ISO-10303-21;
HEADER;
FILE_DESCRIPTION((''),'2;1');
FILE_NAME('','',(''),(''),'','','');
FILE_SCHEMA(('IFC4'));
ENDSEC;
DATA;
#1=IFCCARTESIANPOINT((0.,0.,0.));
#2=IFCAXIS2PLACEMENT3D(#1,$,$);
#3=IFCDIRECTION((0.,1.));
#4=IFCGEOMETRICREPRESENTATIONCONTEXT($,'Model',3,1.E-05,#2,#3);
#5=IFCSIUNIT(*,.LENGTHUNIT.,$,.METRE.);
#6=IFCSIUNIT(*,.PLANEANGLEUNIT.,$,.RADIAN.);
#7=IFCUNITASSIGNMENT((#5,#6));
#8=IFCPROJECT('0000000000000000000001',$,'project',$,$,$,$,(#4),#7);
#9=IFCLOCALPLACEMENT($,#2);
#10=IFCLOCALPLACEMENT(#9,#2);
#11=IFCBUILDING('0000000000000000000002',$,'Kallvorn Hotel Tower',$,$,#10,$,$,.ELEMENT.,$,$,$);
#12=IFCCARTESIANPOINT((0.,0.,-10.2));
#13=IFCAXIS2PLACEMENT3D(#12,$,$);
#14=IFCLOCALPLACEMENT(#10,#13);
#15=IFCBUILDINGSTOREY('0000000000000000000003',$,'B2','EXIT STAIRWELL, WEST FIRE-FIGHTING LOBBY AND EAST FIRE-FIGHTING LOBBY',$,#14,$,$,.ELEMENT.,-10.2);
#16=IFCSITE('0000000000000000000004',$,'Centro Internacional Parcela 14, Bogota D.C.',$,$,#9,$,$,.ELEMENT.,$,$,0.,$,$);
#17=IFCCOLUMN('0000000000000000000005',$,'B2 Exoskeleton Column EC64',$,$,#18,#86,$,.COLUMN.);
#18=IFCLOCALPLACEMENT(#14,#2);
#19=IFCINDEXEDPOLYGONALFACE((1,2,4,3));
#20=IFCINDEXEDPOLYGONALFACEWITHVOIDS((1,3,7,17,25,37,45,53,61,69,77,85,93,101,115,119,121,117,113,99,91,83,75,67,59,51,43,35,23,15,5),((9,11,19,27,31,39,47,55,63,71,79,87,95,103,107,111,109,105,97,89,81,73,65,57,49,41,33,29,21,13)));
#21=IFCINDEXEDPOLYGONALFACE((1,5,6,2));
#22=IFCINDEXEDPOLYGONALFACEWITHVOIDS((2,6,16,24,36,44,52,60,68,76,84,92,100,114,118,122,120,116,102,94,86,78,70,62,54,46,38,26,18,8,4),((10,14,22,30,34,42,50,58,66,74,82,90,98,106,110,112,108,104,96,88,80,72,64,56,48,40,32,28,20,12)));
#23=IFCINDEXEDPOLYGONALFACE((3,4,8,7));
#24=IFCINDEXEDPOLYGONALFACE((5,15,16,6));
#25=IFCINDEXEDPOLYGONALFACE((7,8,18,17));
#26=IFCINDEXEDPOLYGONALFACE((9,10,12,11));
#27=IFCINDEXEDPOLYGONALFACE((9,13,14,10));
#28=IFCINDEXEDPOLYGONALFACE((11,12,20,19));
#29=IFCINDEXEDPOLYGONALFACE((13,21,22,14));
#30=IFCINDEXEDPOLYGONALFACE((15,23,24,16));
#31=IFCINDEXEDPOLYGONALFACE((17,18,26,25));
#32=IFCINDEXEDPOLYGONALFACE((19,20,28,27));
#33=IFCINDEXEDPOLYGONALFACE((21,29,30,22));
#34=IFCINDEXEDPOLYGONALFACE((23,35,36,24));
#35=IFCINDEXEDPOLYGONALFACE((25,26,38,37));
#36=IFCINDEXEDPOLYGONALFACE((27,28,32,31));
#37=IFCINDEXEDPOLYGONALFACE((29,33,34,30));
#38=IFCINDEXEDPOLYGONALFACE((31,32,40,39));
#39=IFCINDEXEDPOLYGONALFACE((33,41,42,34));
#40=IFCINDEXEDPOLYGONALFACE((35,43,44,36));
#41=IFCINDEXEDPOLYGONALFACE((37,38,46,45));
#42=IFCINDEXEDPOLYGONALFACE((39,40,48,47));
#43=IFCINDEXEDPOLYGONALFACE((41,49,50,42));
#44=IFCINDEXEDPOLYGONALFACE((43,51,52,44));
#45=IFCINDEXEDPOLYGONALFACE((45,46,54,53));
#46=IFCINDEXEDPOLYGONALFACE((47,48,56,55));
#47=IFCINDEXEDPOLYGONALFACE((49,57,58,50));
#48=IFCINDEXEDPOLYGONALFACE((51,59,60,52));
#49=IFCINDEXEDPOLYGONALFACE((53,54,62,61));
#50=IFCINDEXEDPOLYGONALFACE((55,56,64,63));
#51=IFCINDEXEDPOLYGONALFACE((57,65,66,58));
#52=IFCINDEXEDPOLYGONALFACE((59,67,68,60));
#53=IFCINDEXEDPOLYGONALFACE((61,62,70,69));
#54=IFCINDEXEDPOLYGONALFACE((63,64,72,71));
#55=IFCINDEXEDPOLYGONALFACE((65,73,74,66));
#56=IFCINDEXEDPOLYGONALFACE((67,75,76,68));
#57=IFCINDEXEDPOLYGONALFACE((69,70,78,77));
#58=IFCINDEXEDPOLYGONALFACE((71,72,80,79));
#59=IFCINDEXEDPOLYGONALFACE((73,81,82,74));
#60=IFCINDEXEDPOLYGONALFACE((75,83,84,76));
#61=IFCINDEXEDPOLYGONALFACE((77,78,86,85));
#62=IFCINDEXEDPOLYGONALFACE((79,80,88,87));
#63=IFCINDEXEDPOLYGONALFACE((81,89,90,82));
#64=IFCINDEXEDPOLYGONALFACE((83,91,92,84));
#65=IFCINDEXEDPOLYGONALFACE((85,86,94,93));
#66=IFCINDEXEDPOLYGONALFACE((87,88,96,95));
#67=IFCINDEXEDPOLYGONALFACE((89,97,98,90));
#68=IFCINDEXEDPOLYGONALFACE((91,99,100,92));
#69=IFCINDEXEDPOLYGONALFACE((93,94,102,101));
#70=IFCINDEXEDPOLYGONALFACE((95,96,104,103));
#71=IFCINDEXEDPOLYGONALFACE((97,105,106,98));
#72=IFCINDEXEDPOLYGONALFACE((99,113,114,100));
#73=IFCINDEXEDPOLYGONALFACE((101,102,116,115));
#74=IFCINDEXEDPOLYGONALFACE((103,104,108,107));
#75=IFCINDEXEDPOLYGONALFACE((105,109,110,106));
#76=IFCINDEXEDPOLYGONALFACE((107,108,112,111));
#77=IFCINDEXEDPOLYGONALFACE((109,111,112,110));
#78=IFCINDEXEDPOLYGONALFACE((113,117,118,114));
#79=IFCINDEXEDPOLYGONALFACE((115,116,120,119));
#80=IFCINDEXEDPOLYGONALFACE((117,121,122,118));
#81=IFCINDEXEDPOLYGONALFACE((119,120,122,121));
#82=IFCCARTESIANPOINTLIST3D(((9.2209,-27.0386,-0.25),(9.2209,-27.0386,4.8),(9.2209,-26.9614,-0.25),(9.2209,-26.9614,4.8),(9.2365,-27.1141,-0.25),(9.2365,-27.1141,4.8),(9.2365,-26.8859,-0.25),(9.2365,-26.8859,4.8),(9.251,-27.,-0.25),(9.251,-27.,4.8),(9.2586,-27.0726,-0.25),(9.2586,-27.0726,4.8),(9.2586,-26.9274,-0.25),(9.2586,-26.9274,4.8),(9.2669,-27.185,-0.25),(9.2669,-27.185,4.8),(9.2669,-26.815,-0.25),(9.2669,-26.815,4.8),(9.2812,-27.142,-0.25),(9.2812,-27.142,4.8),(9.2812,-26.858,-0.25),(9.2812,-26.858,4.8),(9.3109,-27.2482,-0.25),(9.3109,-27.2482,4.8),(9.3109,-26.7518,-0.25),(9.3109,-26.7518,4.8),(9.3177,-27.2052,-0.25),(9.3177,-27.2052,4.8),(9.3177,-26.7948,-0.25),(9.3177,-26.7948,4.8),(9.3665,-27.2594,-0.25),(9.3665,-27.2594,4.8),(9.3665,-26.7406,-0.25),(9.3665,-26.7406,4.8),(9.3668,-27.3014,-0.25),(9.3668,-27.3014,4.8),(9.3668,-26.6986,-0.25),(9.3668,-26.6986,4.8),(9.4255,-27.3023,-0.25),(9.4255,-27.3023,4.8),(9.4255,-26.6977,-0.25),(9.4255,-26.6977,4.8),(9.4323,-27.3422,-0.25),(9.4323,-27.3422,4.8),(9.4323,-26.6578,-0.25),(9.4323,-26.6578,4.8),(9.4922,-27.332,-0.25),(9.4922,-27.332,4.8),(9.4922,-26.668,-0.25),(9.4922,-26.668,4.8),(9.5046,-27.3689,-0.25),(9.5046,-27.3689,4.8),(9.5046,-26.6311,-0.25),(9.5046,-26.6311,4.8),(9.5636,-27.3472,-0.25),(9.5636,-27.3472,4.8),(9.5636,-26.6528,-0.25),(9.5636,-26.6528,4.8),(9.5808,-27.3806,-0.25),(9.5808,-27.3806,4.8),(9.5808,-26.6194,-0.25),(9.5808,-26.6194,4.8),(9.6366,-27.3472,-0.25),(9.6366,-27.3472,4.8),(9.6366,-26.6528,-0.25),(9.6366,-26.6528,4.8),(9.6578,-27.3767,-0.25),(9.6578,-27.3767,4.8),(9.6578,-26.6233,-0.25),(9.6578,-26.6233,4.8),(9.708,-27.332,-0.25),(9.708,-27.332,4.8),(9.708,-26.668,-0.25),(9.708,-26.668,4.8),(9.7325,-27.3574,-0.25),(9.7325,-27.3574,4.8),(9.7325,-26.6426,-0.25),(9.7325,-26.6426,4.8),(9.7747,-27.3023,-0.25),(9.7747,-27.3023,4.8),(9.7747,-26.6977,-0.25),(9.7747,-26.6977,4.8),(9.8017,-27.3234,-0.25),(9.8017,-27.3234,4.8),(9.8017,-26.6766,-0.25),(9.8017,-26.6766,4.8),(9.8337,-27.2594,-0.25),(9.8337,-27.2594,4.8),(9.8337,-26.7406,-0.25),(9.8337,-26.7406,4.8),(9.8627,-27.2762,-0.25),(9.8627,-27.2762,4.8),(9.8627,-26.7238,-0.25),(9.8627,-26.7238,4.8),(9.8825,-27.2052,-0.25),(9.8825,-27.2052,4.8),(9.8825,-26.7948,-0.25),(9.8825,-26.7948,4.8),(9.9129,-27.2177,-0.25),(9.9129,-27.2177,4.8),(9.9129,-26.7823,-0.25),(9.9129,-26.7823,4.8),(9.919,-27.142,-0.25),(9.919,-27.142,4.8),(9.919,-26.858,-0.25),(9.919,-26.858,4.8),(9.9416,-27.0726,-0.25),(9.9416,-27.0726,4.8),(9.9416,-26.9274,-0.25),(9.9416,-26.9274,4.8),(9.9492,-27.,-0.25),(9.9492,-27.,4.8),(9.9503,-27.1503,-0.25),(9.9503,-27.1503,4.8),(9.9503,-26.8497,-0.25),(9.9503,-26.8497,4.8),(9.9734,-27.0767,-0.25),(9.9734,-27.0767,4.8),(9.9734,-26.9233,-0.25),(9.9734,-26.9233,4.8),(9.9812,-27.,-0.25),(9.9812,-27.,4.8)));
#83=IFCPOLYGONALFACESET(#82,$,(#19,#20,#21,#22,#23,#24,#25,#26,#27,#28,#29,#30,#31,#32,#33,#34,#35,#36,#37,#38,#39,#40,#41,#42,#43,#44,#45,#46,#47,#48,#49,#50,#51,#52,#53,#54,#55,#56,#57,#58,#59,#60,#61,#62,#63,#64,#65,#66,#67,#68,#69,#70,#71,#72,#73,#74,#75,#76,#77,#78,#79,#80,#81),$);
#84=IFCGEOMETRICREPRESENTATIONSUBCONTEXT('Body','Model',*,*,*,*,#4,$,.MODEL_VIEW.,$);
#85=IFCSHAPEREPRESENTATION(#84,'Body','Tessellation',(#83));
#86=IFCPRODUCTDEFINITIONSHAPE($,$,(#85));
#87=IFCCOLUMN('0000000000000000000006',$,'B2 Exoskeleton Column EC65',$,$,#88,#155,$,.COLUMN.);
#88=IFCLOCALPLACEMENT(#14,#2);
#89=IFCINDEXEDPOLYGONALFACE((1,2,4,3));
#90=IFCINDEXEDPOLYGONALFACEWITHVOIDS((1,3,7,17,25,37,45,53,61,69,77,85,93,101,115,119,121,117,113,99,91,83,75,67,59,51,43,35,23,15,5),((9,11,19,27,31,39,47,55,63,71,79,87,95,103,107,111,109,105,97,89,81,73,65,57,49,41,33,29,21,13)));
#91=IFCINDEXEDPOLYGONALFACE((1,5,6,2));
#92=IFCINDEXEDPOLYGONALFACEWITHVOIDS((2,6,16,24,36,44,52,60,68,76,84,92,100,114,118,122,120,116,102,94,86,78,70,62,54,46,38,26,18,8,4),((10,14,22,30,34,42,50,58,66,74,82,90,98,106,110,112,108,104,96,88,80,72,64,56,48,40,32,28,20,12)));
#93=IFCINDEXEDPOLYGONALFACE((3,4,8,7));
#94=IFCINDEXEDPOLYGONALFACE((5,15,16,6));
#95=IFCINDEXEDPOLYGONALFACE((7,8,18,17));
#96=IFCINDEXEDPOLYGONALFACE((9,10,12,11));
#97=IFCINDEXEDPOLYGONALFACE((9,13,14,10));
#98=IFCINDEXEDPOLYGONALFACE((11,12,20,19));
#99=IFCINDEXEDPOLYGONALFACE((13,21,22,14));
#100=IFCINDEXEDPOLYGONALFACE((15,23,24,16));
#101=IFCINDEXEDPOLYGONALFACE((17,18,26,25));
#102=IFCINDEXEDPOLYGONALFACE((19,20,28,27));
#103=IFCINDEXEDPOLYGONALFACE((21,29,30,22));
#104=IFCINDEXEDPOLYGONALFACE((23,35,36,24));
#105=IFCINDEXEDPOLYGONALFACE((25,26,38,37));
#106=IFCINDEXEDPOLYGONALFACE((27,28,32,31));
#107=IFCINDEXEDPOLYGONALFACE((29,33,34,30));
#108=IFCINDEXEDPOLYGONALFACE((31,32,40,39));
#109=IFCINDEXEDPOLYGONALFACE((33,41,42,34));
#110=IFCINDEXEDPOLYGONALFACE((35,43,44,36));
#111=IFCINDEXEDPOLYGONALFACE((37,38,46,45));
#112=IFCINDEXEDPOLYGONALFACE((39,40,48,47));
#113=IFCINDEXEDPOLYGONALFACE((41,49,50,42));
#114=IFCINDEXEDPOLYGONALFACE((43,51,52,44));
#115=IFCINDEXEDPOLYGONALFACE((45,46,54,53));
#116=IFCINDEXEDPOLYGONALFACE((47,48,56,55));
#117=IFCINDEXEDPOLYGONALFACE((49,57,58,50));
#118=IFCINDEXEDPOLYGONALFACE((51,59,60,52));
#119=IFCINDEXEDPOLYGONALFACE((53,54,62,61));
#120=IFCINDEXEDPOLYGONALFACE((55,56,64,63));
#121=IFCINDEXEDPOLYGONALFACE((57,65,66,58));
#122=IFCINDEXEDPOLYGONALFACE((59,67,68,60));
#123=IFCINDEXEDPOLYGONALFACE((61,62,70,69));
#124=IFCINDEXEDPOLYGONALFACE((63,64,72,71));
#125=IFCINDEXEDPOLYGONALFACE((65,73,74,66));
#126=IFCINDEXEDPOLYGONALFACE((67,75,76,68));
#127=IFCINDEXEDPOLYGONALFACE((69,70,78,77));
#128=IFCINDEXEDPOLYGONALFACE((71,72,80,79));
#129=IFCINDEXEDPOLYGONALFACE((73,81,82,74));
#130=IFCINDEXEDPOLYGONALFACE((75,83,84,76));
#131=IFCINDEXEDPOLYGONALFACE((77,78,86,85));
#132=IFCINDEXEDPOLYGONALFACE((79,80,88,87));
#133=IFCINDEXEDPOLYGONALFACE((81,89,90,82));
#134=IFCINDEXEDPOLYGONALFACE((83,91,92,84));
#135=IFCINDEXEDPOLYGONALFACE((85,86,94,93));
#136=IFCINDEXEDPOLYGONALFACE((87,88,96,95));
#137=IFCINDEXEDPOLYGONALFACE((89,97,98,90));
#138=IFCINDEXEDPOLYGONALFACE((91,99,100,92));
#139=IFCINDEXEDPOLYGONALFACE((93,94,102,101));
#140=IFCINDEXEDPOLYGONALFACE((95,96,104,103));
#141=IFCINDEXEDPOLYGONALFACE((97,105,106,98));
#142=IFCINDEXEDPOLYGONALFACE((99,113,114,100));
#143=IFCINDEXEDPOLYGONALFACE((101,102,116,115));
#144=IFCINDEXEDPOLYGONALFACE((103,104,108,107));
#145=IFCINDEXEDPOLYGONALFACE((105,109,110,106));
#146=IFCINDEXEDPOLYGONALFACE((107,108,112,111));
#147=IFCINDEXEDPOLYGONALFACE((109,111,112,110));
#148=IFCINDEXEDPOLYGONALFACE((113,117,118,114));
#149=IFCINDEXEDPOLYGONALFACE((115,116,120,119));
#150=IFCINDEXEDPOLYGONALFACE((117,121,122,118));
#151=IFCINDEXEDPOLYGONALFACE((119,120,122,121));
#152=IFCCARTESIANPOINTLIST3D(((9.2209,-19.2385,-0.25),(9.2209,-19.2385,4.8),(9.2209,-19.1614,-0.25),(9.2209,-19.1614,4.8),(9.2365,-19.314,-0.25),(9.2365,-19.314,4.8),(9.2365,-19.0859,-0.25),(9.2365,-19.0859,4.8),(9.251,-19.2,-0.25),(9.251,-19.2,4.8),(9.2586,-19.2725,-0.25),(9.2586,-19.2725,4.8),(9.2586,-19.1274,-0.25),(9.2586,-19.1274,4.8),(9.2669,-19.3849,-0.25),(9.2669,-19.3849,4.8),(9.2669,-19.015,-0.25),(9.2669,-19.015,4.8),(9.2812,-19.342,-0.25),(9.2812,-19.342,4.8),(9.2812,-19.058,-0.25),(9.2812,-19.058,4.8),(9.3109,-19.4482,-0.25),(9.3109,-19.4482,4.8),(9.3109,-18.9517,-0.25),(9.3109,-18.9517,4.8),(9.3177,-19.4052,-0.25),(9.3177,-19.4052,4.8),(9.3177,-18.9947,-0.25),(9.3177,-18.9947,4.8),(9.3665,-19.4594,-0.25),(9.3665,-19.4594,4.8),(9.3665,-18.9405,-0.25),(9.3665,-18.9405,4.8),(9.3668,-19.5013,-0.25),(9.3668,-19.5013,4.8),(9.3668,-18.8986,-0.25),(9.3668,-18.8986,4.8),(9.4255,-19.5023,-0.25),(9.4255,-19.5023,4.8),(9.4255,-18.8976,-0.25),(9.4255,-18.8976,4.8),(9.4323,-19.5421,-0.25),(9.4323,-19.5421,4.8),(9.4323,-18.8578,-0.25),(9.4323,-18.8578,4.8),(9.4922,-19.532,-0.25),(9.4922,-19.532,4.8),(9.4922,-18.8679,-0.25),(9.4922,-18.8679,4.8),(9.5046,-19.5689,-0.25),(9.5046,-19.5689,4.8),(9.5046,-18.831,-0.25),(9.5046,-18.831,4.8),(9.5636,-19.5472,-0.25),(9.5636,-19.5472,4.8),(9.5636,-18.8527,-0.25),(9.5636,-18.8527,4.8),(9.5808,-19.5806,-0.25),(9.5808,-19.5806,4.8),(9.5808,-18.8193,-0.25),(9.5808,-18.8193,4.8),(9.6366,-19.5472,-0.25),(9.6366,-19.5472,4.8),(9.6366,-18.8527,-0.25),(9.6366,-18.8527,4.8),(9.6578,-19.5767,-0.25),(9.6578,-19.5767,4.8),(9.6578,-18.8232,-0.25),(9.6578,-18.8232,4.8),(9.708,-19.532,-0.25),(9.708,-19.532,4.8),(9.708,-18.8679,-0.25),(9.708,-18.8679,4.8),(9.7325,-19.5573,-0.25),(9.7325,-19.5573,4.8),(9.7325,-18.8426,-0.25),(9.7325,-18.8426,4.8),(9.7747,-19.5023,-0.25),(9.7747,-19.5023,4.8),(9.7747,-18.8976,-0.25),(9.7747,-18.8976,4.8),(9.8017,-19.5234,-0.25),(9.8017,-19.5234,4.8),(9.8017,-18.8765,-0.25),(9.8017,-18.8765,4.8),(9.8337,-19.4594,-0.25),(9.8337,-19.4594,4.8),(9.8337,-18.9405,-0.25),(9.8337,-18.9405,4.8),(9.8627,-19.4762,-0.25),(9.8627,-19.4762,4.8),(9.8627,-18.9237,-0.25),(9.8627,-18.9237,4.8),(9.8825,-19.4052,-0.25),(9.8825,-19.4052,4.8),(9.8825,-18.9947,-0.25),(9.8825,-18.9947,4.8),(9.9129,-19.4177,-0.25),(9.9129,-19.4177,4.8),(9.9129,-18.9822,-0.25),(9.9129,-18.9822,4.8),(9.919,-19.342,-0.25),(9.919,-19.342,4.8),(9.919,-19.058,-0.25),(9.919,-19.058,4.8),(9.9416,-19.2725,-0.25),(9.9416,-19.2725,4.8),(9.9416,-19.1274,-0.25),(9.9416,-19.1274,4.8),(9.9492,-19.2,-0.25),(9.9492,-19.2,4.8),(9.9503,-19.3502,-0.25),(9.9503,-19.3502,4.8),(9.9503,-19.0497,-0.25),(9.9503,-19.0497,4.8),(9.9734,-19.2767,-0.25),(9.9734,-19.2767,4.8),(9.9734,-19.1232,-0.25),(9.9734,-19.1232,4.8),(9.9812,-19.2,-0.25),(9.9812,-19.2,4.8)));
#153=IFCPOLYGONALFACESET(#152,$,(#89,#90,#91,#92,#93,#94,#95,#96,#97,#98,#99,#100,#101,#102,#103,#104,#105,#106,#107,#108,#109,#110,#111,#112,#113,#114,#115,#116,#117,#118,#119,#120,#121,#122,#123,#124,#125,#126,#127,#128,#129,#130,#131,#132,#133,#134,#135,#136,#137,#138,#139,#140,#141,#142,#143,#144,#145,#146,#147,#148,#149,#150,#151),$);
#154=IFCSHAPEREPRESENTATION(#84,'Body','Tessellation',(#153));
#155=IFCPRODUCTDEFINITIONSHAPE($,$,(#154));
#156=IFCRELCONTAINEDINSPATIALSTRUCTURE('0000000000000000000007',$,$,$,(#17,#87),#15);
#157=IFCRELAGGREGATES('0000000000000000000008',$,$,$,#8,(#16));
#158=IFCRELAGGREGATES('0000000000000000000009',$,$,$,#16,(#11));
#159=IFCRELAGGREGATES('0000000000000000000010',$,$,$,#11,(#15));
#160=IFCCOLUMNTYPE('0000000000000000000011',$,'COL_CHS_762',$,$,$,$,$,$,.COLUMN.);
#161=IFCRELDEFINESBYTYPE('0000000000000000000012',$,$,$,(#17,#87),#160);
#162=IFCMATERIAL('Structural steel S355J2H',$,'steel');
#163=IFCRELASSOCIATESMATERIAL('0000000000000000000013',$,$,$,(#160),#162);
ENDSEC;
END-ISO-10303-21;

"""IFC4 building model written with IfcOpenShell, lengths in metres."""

from ifc_helpers import new_model, si_unit, direction, frame, origin, origin_2d, place, context, subcontext, project, spatial, hollow_circle, extrude, material, material_profile, profile_set, type_object, element, save


model = new_model("IFC4")

# Units and contexts
model_context = context("Model", 3, precision=1e-05, world=origin(), true_north=direction((0.0, 1.0)))
body_context = subcontext(model_context, "Body", "Model", "MODEL_VIEW")
ifc_project = project(units=[si_unit("LENGTHUNIT", "METRE"), si_unit("PLANEANGLEUNIT", "RADIAN")], contexts=[model_context])

# Site, building, storey
site_placement = place(None, origin())
site = spatial("IfcSite", under=ifc_project, at=site_placement, Name="Centro Internacional Parcela 14, Bogota D.C.", CompositionType="ELEMENT", RefElevation=0.0)
building_placement = place(site_placement, origin())
building = spatial("IfcBuilding", under=site, at=building_placement, Name="Kallvorn Hotel Tower", CompositionType="ELEMENT")
storey_placement = place(building_placement, frame((0.0, 0.0, -10.2)))
storey = spatial("IfcBuildingStorey", under=building, at=storey_placement, Name="B2", Description="EXIT STAIRWELL, WEST FIRE-FIGHTING LOBBY AND EAST FIRE-FIGHTING LOBBY", CompositionType="ELEMENT", Elevation=-10.2)

# Columns
ifc_material_1 = material(Name="Structural steel S355J2H", Category="steel")
ifc_material_profile_1 = material_profile(ifc_material_1, hollow_circle(Radius=0.3811, WallThickness=0.032, at=origin_2d()), Name="CHS 762x32")
ifc_profile_set_1 = profile_set([ifc_material_profile_1], Name="Structural steel S355J2H")
column_type_1 = type_object("IfcColumnType", Name="COL_CHS_762", PredefinedType="COLUMN", material=ifc_profile_set_1)
for number, where, z_axis, x_axis, name in (
    (1, (9.6001, -27.0, -0.25), (0.0, 0.0, 1.0), (1.0, 0.0, 0.0), "B2 Exoskeleton Column EC64"),
    (2, (9.6001, -19.2, -0.25), (0.0, 0.0, 1.0), (1.0, 0.0, 0.0), "B2 Exoskeleton Column EC65"),
):
    element("IfcColumn", number, at=place(storey_placement, frame(where, z_axis=z_axis, x_axis=x_axis)), inside=storey, type_object=column_type_1, Name=name, PredefinedType="COLUMN", context=body_context, shape_type="SweptSolid", body=[
        extrude(hollow_circle(Radius=0.3811, WallThickness=0.032, at=origin_2d()), origin(), (0.0, 0.0, 1.0), 5.05),
    ])

save(model, "model.ifc")
